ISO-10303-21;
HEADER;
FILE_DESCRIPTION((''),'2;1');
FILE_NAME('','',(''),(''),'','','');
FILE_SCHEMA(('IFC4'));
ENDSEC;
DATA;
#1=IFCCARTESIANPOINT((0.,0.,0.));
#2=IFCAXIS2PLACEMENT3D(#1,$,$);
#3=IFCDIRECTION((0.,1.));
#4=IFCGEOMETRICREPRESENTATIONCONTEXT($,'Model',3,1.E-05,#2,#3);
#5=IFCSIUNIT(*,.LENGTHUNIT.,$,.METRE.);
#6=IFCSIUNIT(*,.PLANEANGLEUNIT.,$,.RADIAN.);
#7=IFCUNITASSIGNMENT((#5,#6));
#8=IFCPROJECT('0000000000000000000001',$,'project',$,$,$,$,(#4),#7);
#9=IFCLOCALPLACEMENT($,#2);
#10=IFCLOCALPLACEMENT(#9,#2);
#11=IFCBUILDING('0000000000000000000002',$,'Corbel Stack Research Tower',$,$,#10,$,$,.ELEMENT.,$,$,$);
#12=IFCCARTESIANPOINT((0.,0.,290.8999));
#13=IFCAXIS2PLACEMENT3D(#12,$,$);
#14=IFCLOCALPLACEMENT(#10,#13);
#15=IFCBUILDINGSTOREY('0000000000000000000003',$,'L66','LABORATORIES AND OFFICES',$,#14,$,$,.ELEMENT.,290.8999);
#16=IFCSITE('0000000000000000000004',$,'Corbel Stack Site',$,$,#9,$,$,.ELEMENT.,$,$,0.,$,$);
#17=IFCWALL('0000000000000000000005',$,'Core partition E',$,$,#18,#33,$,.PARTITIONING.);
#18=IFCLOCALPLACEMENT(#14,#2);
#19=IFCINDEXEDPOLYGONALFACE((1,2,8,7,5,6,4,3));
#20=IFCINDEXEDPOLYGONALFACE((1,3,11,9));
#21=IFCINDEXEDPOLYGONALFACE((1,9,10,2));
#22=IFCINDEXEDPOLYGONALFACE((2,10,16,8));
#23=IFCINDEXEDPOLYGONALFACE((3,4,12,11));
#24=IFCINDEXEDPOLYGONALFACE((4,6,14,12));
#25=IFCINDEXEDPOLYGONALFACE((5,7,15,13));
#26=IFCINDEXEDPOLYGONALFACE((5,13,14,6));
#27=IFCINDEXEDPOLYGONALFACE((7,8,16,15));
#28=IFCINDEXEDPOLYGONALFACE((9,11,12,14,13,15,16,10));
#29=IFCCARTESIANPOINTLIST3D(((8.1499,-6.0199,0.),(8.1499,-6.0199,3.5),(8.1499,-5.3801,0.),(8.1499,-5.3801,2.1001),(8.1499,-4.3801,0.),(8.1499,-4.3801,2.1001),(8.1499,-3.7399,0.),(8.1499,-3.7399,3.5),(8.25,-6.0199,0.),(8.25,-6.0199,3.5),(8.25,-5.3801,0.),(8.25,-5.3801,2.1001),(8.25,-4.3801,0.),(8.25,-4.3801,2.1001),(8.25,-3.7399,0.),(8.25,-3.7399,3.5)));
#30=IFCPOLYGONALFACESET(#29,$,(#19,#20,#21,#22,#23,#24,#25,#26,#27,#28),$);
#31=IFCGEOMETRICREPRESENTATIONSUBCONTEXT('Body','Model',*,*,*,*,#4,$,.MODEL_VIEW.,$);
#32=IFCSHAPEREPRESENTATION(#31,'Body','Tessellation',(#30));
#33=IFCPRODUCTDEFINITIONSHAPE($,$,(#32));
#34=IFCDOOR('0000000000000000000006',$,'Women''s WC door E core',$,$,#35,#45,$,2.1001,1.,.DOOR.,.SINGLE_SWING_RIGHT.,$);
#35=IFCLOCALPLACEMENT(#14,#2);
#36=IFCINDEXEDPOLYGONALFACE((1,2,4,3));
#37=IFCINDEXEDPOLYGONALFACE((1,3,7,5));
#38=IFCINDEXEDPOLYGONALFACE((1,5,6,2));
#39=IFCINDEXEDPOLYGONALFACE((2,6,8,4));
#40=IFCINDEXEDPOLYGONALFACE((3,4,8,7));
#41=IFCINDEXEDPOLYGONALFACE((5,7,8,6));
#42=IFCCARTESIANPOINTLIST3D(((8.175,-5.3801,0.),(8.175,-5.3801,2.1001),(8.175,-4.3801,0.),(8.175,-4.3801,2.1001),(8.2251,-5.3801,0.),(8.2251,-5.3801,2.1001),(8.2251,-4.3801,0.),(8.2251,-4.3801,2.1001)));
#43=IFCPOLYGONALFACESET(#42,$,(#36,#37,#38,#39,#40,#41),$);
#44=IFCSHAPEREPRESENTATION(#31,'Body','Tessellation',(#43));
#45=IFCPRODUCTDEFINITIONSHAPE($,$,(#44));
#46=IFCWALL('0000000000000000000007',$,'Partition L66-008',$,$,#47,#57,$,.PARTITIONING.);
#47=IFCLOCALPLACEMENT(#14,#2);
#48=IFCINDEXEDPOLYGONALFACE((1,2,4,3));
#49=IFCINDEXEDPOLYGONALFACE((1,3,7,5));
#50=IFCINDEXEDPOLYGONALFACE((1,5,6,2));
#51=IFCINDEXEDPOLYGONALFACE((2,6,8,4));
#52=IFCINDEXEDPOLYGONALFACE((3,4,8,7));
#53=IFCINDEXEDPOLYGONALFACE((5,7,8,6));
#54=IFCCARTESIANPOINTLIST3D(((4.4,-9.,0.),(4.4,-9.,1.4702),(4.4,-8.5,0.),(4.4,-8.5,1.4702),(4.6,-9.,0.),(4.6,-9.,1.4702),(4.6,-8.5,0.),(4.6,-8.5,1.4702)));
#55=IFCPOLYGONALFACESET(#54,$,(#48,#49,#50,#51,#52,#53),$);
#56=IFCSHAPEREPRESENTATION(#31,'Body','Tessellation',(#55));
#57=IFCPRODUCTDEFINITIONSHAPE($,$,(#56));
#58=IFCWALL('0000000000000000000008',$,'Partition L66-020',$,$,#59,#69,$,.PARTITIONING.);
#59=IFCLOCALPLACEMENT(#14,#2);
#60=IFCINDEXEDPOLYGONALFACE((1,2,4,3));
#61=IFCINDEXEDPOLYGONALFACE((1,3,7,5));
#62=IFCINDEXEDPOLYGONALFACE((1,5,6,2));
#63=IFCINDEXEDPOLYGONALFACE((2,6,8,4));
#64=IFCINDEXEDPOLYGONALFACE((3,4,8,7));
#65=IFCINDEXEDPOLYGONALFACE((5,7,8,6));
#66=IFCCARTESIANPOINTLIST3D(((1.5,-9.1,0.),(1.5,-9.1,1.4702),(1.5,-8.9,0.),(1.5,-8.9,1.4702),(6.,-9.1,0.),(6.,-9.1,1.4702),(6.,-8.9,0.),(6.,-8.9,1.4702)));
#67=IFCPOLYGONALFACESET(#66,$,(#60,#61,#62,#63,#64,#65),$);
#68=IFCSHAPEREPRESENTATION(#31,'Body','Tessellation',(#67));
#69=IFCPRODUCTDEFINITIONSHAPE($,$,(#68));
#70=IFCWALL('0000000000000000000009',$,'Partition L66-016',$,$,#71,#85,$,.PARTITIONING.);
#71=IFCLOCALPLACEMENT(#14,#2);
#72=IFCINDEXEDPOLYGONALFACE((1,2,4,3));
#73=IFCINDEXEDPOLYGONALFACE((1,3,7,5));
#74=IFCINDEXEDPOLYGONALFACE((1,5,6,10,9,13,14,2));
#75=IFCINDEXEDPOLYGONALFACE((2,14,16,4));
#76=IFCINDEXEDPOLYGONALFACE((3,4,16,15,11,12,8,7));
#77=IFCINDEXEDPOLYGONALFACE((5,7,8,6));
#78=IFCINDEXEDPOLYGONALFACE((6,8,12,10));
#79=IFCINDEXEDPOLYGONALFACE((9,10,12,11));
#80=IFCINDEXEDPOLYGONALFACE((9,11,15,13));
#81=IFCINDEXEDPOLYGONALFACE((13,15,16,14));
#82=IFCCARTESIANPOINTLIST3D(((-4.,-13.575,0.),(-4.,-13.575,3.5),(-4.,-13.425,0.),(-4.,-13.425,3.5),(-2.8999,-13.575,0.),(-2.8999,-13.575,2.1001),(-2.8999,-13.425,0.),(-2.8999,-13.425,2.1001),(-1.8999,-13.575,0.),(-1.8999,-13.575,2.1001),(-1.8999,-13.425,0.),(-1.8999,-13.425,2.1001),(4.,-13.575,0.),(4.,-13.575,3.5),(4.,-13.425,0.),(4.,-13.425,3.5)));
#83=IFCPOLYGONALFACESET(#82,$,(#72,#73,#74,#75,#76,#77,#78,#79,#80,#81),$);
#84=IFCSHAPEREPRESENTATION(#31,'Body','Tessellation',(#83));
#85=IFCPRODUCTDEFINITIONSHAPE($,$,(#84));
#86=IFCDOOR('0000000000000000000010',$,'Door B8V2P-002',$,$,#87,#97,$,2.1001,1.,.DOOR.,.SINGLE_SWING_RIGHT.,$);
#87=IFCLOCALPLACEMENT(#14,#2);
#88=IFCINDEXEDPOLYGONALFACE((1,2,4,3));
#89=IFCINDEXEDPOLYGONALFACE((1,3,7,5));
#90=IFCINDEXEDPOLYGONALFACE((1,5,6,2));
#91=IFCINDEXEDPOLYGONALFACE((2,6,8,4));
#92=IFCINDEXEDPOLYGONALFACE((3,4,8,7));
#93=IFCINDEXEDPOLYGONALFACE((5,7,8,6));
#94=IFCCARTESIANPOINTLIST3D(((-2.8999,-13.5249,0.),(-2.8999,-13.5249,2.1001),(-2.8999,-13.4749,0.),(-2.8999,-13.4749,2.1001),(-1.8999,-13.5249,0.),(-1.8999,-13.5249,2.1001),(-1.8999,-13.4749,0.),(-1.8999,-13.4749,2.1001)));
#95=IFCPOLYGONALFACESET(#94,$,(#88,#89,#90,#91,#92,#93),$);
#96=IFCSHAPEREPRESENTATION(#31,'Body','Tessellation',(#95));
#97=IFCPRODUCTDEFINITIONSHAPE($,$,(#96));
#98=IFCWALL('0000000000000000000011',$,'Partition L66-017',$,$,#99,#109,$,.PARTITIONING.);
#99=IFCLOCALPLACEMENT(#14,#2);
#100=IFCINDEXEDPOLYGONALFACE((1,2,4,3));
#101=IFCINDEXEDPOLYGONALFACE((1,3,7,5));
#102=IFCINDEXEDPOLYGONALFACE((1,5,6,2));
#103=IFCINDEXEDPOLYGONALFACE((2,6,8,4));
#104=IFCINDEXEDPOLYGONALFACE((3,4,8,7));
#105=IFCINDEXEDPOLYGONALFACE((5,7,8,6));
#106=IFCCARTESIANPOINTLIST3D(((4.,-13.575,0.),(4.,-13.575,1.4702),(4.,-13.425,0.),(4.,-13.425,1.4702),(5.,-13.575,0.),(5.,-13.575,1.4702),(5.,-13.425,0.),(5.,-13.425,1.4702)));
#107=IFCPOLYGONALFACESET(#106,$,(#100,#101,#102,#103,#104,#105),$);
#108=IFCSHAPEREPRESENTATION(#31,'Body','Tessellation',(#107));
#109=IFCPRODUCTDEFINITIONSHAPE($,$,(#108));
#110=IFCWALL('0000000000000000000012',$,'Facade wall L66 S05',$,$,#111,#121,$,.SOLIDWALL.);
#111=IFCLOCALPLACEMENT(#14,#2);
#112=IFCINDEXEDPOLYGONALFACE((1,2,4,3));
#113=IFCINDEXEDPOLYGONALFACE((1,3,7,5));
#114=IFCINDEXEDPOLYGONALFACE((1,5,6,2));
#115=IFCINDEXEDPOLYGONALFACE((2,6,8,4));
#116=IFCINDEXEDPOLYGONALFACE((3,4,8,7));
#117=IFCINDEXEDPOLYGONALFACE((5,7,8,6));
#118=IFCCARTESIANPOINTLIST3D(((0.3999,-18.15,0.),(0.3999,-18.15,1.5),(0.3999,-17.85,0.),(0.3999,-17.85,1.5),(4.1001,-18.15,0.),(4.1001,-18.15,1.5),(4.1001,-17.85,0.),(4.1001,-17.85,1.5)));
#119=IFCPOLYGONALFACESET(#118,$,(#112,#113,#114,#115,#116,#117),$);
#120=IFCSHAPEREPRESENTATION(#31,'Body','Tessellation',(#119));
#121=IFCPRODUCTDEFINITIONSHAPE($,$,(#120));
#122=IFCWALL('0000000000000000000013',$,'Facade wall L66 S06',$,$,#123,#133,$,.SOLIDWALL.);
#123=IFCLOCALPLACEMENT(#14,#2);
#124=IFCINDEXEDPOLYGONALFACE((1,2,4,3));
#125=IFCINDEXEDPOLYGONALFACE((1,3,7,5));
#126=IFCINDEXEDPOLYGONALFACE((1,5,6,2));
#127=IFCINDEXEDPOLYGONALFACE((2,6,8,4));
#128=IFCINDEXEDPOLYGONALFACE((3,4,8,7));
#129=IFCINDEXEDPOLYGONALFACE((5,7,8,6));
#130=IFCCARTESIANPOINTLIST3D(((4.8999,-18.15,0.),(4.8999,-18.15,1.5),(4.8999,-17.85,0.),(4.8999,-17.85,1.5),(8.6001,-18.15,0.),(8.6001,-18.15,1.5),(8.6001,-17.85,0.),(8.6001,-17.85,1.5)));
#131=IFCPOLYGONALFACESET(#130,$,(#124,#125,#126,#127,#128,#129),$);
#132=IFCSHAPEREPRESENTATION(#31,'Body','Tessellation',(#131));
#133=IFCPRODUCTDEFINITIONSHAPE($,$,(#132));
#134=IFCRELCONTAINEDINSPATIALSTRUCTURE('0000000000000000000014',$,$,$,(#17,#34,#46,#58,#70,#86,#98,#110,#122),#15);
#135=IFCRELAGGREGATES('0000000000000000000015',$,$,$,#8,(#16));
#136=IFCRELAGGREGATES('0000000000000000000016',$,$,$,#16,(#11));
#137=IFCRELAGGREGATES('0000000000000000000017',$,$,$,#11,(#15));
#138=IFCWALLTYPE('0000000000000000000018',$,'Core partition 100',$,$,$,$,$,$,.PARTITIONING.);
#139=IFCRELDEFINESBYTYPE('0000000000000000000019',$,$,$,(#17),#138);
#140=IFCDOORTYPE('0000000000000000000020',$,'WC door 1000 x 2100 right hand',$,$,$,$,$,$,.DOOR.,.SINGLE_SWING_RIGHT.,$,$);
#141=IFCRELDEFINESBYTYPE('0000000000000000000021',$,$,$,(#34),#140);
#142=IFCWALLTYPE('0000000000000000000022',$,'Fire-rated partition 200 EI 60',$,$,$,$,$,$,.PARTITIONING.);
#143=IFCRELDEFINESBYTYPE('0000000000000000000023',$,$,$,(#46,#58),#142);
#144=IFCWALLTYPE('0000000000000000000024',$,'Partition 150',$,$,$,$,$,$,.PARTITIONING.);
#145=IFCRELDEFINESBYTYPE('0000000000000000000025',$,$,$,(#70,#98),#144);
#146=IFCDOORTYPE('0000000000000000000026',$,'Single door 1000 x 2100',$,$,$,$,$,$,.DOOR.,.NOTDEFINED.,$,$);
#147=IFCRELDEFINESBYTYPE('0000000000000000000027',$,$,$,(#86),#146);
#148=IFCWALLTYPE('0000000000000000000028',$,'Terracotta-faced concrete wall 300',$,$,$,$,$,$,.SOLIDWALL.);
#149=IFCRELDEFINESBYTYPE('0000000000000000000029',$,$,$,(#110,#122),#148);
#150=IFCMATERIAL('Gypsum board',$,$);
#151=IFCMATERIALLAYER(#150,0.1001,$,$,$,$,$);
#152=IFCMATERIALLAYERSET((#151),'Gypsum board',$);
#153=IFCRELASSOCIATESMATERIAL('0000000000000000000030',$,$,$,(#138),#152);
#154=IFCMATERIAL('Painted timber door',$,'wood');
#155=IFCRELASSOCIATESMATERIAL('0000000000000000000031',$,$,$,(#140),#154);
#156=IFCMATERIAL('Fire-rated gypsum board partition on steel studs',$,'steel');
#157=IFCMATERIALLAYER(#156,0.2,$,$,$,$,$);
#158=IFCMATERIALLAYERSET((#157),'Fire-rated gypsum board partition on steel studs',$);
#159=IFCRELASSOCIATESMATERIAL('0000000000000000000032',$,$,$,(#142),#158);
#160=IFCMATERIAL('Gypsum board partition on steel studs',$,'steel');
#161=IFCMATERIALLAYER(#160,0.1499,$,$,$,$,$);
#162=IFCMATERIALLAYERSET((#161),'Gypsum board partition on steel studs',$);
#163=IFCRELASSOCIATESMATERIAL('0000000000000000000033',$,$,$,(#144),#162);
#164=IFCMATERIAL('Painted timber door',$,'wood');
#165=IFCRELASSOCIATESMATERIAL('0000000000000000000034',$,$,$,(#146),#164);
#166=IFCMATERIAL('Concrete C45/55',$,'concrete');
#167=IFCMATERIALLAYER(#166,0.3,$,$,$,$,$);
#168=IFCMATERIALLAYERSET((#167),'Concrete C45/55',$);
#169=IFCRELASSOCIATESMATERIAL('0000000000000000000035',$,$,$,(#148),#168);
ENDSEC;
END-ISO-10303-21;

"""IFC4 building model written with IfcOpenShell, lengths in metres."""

from ifc_helpers import new_model, si_unit, direction, frame, frame_2d, origin, place, context, subcontext, project, spatial, rectangle, extrude, material, layer, layer_set, type_object, element, fill, save


model = new_model("IFC4")

# Units and contexts
model_context = context("Model", 3, precision=1e-05, world=origin(), true_north=direction((0.0, 1.0)))
body_context = subcontext(model_context, "Body", "Model", "MODEL_VIEW")
ifc_project = project(units=[si_unit("LENGTHUNIT", "METRE"), si_unit("PLANEANGLEUNIT", "RADIAN")], contexts=[model_context])

# Site, building, storey
site_placement = place(None, origin())
site = spatial("IfcSite", under=ifc_project, at=site_placement, Name="Corbel Stack Site", CompositionType="ELEMENT", RefElevation=0.0)
building_placement = place(site_placement, origin())
building = spatial("IfcBuilding", under=site, at=building_placement, Name="Corbel Stack Research Tower", CompositionType="ELEMENT")
storey_placement = place(building_placement, frame((0.0, 0.0, 290.8999)))
storey = spatial("IfcBuildingStorey", under=building, at=storey_placement, Name="L66", Description="LABORATORIES AND OFFICES", CompositionType="ELEMENT", Elevation=290.8999)

# Wall, opening, door
ifc_material_1 = material(Name="Gypsum board")
ifc_layer_1 = layer(ifc_material_1, 0.1001)
ifc_layer_set_1 = layer_set([ifc_layer_1], Name="Gypsum board")
wall_type_1 = type_object("IfcWallType", Name="Core partition 100", PredefinedType="PARTITIONING", material=ifc_layer_set_1)
wall_1_placement = place(storey_placement, frame((8.2, -6.02, 0.0), z_axis=(0.0, 0.0, 1.0), x_axis=(0.0, 1.0, 0.0)))
wall_1 = element("IfcWall", 1, at=wall_1_placement, inside=storey, type_object=wall_type_1, Name="Core partition E", PredefinedType="PARTITIONING", context=body_context, shape_type="SweptSolid", body=[
    extrude(rectangle(XDim=2.28, YDim=0.1001, at=frame_2d((1.1401, 0.0))), origin(), (0.0, 0.0, 1.0), 3.5),
])
opening_1_placement = place(wall_1_placement, frame((0.6399, 0.0, 0.0)))
opening_1 = element("IfcOpeningElement", 2, at=opening_1_placement, cuts=wall_1, PredefinedType="OPENING", context=body_context, shape_type="SweptSolid", body=[
    extrude(rectangle(XDim=1.0, YDim=2.1001, at=frame_2d((0.5, 1.05))), frame((0.0, 0.0601, 0.0), z_axis=(0.0, -1.0, 0.0), x_axis=(1.0, 0.0, 0.0)), (0.0, 0.0, 1.0), 0.1201),
])
ifc_material_2 = material(Name="Painted timber door", Category="wood")
door_type_1 = type_object("IfcDoorType", Name="WC door 1000 x 2100 right hand", OperationType="SINGLE_SWING_RIGHT", PredefinedType="DOOR", material=ifc_material_2)
door_1_placement = place(opening_1_placement, origin())
door_1 = element("IfcDoor", 3, at=door_1_placement, inside=storey, type_object=door_type_1, Name="Women's WC door E core", OperationType="SINGLE_SWING_RIGHT", OverallHeight=2.1001, OverallWidth=1.0, PredefinedType="DOOR", context=body_context, shape_type="SweptSolid", body=[
    extrude(rectangle(XDim=1.0, YDim=2.1001, at=frame_2d((0.5, 1.05))), frame((0.0, 0.0249, 0.0), z_axis=(0.0, -1.0, 0.0), x_axis=(1.0, 0.0, 0.0)), (0.0, 0.0, 1.0), 0.05),
])
fill(opening_1, door_1)

# Walls
ifc_material_3 = material(Name="Fire-rated gypsum board partition on steel studs", Category="steel")
ifc_layer_2 = layer(ifc_material_3, 0.2)
ifc_layer_set_2 = layer_set([ifc_layer_2], Name="Fire-rated gypsum board partition on steel studs")
wall_type_2 = type_object("IfcWallType", Name="Fire-rated partition 200 EI 60", PredefinedType="PARTITIONING", material=ifc_layer_set_2)
wall_2_placement = place(storey_placement, frame((4.5, -9.0, 0.0), z_axis=(0.0, 0.0, 1.0), x_axis=(0.0, 1.0, 0.0)))
element("IfcWall", 4, at=wall_2_placement, inside=storey, type_object=wall_type_2, Name="Partition L66-008", PredefinedType="PARTITIONING", context=body_context, shape_type="SweptSolid", body=[
    extrude(rectangle(XDim=0.5, YDim=0.2, at=frame_2d((0.25, 0.0))), origin(), (0.0, 0.0, 1.0), 1.4702),
])
wall_3_placement = place(storey_placement, frame((1.5, -9.0, 0.0), z_axis=(0.0, 0.0, 1.0), x_axis=(1.0, 0.0, 0.0)))
element("IfcWall", 5, at=wall_3_placement, inside=storey, type_object=wall_type_2, Name="Partition L66-020", PredefinedType="PARTITIONING", context=body_context, shape_type="SweptSolid", body=[
    extrude(rectangle(XDim=4.5, YDim=0.2, at=frame_2d((2.25, 0.0))), origin(), (0.0, 0.0, 1.0), 1.4702),
])

# Wall, opening, door
ifc_material_4 = material(Name="Gypsum board partition on steel studs", Category="steel")
ifc_layer_3 = layer(ifc_material_4, 0.1499)
ifc_layer_set_3 = layer_set([ifc_layer_3], Name="Gypsum board partition on steel studs")
wall_type_3 = type_object("IfcWallType", Name="Partition 150", PredefinedType="PARTITIONING", material=ifc_layer_set_3)
wall_4_placement = place(storey_placement, frame((4.0, -13.5, 0.0), z_axis=(0.0, 0.0, 1.0), x_axis=(-1.0, 0.0, 0.0)))
wall_4 = element("IfcWall", 6, at=wall_4_placement, inside=storey, type_object=wall_type_3, Name="Partition L66-016", PredefinedType="PARTITIONING", context=body_context, shape_type="SweptSolid", body=[
    extrude(rectangle(XDim=8.0, YDim=0.1499, at=frame_2d((4.0, 0.0))), origin(), (0.0, 0.0, 1.0), 3.5),
])
opening_2_placement = place(wall_4_placement, frame((5.8999, 0.0, 0.0)))
opening_2 = element("IfcOpeningElement", 7, at=opening_2_placement, cuts=wall_4, PredefinedType="OPENING", context=body_context, shape_type="SweptSolid", body=[
    extrude(rectangle(XDim=1.0, YDim=2.1001, at=frame_2d((0.5, 1.05))), frame((0.0, 0.085, 0.0), z_axis=(0.0, -1.0, 0.0), x_axis=(1.0, 0.0, 0.0)), (0.0, 0.0, 1.0), 0.1699),
])
ifc_material_5 = material(Name="Painted timber door", Category="wood")
door_type_2 = type_object("IfcDoorType", Name="Single door 1000 x 2100", OperationType="NOTDEFINED", PredefinedType="DOOR", material=ifc_material_5)
door_2_placement = place(opening_2_placement, origin())
door_2 = element("IfcDoor", 8, at=door_2_placement, inside=storey, type_object=door_type_2, Name="Door B8V2P-002", OperationType="SINGLE_SWING_RIGHT", OverallHeight=2.1001, OverallWidth=1.0, PredefinedType="DOOR", context=body_context, shape_type="SweptSolid", body=[
    extrude(rectangle(XDim=1.0, YDim=2.1001, at=frame_2d((0.5, 1.05))), frame((0.0, 0.0249, 0.0), z_axis=(0.0, -1.0, 0.0), x_axis=(1.0, 0.0, 0.0)), (0.0, 0.0, 1.0), 0.05),
])
fill(opening_2, door_2)

# Walls
wall_5_placement = place(storey_placement, frame((4.0, -13.5, 0.0), z_axis=(0.0, 0.0, 1.0), x_axis=(1.0, 0.0, 0.0)))
element("IfcWall", 9, at=wall_5_placement, inside=storey, type_object=wall_type_3, Name="Partition L66-017", PredefinedType="PARTITIONING", context=body_context, shape_type="SweptSolid", body=[
    extrude(rectangle(XDim=1.0, YDim=0.1499, at=frame_2d((0.5, 0.0))), origin(), (0.0, 0.0, 1.0), 1.4702),
])
ifc_material_6 = material(Name="Concrete C45/55", Category="concrete")
ifc_layer_4 = layer(ifc_material_6, 0.3)
ifc_layer_set_4 = layer_set([ifc_layer_4], Name="Concrete C45/55")
wall_type_4 = type_object("IfcWallType", Name="Terracotta-faced concrete wall 300", PredefinedType="SOLIDWALL", material=ifc_layer_set_4)
for number, where, z_axis, x_axis, name in (
    (10, (4.1001, -18.0, 0.0), (0.0, 0.0, 1.0), (-1.0, 0.0, 0.0), "Facade wall L66 S05"),
    (11, (8.6001, -18.0, 0.0), (0.0, 0.0, 1.0), (-1.0, 0.0, 0.0), "Facade wall L66 S06"),
):
    element("IfcWall", number, at=place(storey_placement, frame(where, z_axis=z_axis, x_axis=x_axis)), inside=storey, type_object=wall_type_4, Name=name, PredefinedType="SOLIDWALL", context=body_context, shape_type="SweptSolid", body=[
        extrude(rectangle(XDim=3.7002, YDim=0.3, at=frame_2d((1.8501, 0.0))), origin(), (0.0, 0.0, 1.0), 1.5),
    ])

save(model, "model.ifc")
